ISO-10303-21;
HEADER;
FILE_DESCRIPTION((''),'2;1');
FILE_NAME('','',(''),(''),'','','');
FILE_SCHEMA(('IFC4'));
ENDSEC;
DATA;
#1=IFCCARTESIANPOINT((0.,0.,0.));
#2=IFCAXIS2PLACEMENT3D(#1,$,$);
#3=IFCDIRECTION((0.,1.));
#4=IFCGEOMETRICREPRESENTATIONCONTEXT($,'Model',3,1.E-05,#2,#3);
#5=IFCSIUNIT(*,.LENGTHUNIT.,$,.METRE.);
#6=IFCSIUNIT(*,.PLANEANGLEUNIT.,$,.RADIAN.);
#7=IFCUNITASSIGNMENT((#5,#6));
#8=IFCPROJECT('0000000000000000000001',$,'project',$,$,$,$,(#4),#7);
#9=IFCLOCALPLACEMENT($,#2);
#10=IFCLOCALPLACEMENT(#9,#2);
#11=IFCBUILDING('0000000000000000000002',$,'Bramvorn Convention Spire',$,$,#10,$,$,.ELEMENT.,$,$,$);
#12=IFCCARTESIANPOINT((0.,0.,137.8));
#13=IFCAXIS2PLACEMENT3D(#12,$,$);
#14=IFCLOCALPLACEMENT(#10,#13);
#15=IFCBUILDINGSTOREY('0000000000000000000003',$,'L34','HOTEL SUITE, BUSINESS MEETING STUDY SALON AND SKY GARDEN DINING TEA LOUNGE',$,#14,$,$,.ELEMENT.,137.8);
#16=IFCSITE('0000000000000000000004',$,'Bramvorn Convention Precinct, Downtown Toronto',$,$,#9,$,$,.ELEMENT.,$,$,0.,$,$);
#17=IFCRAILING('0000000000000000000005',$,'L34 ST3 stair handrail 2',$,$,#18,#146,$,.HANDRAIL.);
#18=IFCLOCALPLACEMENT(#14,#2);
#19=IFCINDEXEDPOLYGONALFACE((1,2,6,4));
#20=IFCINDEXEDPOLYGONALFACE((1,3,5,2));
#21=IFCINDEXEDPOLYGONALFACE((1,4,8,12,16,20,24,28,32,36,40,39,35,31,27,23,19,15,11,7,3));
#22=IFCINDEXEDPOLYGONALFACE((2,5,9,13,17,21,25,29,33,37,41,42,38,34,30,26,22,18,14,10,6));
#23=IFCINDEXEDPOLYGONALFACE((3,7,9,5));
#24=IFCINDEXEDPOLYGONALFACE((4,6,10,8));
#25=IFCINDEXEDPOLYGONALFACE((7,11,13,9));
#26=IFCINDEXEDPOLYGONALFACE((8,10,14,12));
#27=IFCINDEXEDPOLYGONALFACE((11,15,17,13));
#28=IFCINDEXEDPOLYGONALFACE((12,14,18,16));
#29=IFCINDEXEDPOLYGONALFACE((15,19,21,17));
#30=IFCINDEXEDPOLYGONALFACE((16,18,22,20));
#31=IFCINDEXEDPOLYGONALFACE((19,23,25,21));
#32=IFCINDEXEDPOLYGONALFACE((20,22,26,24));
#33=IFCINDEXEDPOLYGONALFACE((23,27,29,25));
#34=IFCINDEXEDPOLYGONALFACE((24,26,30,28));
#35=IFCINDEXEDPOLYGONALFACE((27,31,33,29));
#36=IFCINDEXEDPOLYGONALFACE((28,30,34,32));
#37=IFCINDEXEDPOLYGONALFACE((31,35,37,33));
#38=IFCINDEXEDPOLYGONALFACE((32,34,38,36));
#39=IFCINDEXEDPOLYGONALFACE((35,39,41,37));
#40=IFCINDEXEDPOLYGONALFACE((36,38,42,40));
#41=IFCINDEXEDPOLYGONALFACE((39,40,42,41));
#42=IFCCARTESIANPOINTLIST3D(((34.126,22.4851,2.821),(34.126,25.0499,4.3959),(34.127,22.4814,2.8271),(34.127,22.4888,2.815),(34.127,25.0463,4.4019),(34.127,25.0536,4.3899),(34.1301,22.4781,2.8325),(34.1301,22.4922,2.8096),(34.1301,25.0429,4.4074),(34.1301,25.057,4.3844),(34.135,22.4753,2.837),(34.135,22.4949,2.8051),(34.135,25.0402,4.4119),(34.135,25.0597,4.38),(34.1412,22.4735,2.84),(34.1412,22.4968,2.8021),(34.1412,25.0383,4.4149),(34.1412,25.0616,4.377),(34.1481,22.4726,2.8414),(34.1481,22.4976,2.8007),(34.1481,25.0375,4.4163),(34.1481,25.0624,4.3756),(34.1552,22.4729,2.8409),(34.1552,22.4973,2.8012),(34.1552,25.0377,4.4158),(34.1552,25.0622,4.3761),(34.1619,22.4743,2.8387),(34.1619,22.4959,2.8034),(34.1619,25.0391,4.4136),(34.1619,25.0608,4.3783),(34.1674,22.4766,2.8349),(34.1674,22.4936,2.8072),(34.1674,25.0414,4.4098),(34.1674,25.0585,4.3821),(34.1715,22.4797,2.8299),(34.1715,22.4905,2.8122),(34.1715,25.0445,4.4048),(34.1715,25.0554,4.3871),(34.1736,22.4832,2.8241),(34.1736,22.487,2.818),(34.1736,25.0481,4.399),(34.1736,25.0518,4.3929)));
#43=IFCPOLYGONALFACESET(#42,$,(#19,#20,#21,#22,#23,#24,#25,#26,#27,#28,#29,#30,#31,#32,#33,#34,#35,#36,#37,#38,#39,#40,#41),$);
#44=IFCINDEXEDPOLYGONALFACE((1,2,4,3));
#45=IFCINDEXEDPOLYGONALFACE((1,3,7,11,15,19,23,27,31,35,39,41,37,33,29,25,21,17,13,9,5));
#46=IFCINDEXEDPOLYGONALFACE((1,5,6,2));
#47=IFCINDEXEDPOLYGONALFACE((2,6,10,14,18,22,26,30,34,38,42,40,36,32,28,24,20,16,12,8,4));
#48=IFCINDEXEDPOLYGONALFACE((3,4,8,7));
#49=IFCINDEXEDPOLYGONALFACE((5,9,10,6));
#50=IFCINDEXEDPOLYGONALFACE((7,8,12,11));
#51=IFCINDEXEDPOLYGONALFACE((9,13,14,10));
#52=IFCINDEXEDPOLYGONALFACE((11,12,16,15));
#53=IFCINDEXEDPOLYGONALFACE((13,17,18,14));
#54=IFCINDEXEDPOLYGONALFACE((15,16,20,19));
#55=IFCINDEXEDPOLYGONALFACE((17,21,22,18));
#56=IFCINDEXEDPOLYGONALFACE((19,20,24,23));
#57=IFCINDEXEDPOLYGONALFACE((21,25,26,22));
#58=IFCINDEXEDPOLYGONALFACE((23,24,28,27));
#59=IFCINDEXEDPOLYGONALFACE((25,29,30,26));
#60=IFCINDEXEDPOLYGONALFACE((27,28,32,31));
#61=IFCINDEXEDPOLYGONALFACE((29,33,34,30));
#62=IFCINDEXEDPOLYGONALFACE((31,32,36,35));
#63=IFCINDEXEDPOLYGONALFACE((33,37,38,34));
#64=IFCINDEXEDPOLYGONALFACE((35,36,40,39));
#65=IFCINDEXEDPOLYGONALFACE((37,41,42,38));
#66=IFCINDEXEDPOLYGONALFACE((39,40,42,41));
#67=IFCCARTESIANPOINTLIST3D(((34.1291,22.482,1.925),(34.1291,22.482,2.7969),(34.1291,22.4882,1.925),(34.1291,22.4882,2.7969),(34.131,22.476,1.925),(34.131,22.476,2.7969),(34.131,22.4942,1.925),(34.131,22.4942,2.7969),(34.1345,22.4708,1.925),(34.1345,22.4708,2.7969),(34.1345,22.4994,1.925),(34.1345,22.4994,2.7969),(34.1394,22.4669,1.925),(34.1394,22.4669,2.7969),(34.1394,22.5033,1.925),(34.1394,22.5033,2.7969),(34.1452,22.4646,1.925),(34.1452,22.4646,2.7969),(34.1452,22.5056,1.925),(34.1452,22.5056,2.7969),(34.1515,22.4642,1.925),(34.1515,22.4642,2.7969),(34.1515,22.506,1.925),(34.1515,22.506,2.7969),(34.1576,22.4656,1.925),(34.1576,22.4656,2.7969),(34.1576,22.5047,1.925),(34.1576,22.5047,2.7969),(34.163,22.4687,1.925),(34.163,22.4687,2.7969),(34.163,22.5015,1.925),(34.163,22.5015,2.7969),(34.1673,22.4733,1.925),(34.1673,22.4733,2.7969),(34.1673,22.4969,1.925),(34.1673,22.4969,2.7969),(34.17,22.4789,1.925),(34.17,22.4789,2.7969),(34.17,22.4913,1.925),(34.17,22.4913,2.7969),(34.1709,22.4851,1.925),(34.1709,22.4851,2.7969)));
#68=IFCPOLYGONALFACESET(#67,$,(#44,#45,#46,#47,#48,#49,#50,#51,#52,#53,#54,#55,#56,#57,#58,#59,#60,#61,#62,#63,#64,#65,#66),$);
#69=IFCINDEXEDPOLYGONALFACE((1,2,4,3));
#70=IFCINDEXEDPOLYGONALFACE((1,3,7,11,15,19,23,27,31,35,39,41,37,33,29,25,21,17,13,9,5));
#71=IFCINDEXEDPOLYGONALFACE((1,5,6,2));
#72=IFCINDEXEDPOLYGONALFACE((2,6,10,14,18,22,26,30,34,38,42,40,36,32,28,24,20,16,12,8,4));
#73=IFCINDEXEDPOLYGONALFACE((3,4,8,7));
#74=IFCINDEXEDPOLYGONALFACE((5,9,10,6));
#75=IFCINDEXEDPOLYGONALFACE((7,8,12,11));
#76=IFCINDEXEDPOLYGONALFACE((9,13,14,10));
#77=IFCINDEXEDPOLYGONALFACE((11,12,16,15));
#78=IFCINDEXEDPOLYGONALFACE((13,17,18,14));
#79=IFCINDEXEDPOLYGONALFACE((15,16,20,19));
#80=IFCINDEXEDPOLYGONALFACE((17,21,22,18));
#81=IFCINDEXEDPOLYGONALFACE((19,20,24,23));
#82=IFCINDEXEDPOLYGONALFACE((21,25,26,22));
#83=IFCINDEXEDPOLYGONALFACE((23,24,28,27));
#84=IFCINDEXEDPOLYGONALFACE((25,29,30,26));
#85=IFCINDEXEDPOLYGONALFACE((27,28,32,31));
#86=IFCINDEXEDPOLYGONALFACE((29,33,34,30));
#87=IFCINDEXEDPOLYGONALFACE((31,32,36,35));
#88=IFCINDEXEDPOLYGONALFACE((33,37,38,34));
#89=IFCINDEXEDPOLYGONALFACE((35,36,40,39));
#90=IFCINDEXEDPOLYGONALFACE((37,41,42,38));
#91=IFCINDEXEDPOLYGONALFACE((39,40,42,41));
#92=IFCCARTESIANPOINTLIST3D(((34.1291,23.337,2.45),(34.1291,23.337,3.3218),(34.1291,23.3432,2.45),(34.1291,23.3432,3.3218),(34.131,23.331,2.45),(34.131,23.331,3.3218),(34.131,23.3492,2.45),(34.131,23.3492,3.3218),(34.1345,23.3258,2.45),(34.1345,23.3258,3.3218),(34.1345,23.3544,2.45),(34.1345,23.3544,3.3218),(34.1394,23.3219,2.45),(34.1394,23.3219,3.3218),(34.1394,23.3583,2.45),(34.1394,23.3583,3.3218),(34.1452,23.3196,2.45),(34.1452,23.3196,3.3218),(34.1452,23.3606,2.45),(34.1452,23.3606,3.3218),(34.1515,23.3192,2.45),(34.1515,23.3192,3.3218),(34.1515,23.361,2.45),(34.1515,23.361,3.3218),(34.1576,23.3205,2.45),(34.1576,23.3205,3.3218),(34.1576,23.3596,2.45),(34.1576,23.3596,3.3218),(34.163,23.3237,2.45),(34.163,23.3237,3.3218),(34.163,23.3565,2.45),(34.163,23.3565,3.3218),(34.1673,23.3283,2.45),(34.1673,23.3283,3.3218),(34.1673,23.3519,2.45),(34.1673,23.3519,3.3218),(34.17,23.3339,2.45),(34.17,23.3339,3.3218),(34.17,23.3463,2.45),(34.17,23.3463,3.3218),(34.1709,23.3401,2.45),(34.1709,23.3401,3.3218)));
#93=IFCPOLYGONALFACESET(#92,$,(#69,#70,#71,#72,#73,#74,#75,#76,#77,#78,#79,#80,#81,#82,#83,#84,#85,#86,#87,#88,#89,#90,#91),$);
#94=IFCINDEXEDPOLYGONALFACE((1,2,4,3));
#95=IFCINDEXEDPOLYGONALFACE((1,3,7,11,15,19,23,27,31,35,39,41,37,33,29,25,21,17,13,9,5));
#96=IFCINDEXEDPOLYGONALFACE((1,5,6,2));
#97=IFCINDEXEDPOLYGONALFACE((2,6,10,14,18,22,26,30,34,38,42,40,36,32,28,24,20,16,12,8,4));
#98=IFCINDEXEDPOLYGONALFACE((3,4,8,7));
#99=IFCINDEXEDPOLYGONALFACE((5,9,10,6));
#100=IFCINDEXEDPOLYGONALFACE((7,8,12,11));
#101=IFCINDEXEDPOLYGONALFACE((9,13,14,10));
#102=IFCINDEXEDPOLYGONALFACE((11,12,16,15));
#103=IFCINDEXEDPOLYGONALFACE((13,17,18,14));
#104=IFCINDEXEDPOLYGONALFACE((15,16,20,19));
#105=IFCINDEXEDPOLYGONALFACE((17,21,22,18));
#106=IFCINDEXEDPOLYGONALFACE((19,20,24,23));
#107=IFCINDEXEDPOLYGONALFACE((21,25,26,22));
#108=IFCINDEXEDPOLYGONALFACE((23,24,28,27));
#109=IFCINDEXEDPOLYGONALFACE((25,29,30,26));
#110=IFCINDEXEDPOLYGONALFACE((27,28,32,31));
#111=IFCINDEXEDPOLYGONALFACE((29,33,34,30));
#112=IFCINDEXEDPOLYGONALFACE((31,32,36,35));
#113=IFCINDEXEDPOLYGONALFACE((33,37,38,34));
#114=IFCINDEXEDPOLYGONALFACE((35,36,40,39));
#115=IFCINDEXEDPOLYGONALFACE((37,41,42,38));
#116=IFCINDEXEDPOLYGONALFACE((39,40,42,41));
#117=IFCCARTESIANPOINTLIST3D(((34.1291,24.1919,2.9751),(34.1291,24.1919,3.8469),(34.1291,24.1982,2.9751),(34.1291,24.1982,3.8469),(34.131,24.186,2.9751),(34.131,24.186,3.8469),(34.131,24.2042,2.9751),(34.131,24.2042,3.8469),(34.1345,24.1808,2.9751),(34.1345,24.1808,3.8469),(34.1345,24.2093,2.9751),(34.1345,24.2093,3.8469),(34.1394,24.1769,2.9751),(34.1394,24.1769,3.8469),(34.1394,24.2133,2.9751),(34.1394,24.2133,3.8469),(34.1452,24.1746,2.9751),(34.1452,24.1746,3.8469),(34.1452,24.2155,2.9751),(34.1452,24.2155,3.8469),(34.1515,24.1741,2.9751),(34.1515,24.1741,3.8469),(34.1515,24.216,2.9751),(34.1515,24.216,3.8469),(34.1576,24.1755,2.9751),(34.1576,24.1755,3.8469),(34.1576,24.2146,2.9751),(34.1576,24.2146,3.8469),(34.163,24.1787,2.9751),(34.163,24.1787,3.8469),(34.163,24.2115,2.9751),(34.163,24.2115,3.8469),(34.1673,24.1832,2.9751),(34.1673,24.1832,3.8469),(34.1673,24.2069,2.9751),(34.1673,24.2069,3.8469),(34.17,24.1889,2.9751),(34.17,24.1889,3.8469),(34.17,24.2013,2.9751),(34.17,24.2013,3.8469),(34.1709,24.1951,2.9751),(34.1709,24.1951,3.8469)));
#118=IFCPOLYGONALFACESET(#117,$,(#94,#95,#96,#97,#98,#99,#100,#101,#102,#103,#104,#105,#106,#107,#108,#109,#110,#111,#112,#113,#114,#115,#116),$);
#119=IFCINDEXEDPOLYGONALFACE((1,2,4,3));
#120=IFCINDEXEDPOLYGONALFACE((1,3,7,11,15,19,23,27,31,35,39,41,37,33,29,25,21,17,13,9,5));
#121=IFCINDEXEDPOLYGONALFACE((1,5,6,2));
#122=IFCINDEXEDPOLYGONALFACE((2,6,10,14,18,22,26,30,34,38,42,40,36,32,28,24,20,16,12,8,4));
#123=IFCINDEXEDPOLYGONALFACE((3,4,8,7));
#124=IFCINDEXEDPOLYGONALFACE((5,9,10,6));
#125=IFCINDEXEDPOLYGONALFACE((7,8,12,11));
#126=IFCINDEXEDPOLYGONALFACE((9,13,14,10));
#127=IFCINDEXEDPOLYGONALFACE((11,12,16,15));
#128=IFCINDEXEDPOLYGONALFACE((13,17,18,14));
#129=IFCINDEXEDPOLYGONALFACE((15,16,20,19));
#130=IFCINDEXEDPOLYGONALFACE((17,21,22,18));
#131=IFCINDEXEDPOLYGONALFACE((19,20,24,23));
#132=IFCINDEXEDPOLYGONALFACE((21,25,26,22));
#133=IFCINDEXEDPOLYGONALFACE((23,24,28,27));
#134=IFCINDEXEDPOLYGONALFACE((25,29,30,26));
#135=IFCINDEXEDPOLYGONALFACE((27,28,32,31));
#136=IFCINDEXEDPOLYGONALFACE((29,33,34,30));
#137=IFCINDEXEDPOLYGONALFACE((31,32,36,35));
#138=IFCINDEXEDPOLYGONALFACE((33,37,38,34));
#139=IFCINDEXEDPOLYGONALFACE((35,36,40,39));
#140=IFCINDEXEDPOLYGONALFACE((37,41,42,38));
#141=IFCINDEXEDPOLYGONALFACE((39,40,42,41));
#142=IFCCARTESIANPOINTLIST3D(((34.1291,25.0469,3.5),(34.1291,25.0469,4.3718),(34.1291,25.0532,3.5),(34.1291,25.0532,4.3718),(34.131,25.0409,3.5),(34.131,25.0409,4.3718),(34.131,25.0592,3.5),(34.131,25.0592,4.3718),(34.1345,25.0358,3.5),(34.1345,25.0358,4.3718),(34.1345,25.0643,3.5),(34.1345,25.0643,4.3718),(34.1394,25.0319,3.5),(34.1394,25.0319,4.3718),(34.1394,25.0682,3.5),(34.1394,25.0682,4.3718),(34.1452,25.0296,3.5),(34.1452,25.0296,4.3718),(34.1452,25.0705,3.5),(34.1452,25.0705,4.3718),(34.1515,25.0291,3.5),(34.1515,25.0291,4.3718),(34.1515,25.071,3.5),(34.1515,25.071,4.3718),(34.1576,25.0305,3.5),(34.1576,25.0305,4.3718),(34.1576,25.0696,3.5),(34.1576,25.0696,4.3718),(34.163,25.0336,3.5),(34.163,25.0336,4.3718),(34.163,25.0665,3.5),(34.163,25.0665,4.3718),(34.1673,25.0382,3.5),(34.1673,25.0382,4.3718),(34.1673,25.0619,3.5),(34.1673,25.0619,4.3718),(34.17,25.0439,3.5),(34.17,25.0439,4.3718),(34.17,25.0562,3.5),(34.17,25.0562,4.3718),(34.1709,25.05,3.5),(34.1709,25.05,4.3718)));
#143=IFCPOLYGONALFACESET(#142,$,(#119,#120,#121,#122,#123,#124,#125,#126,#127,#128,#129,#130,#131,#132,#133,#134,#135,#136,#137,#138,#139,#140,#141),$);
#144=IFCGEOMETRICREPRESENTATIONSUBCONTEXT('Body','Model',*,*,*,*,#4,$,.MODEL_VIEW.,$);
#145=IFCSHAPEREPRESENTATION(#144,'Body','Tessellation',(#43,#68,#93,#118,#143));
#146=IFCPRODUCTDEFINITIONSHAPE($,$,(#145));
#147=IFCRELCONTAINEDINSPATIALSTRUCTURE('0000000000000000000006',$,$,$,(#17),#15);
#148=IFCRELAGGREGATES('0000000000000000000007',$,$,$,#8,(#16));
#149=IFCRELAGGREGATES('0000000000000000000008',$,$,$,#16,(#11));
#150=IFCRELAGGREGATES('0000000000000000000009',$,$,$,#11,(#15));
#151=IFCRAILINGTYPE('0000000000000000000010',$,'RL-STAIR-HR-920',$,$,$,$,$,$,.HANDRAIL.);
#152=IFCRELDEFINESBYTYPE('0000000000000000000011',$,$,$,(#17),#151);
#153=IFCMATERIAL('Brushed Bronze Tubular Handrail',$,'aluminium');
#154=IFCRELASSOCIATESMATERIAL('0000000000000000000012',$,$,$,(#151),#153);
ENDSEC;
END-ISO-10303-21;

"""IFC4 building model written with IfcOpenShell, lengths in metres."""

from ifc_helpers import new_model, si_unit, direction, frame, origin, origin_2d, place, context, subcontext, project, spatial, circle, extrude, material, type_object, element, save


model = new_model("IFC4")

# Units and contexts
model_context = context("Model", 3, precision=1e-05, world=origin(), true_north=direction((0.0, 1.0)))
body_context = subcontext(model_context, "Body", "Model", "MODEL_VIEW")
ifc_project = project(units=[si_unit("LENGTHUNIT", "METRE"), si_unit("PLANEANGLEUNIT", "RADIAN")], contexts=[model_context])

# Site, building, storey
site_placement = place(None, origin())
site = spatial("IfcSite", under=ifc_project, at=site_placement, Name="Bramvorn Convention Precinct, Downtown Toronto", CompositionType="ELEMENT", RefElevation=0.0)
building_placement = place(site_placement, origin())
building = spatial("IfcBuilding", under=site, at=building_placement, Name="Bramvorn Convention Spire", CompositionType="ELEMENT")
storey_placement = place(building_placement, frame((0.0, 0.0, 137.8)))
storey = spatial("IfcBuildingStorey", under=building, at=storey_placement, Name="L34", Description="HOTEL SUITE, BUSINESS MEETING STUDY SALON AND SKY GARDEN DINING TEA LOUNGE", CompositionType="ELEMENT", Elevation=137.8)

# Railing
ifc_material_1 = material(Name="Brushed Bronze Tubular Handrail", Category="aluminium")
railing_type_1 = type_object("IfcRailingType", Name="RL-STAIR-HR-920", PredefinedType="HANDRAIL", material=ifc_material_1)
railing_1_placement = place(storey_placement, frame((34.1499, 22.4851, 1.925)))
element("IfcRailing", 1, at=railing_1_placement, inside=storey, type_object=railing_type_1, Name="L34 ST3 stair handrail 2", PredefinedType="HANDRAIL", context=body_context, shape_type="SweptSolid", body=[
    extrude(circle(Radius=0.0239, at=origin_2d()), frame((0.0, 0.0, 0.896), z_axis=(0.0, 0.852173, 0.52326), x_axis=(-1.0, 0.0, 0.0)), (0.0, 0.0, 1.0), 3.0098),
    extrude(circle(Radius=0.021, at=origin_2d()), origin(), (0.0, 0.0, 1.0), 0.8718),
    extrude(circle(Radius=0.021, at=origin_2d()), frame((0.0, 0.855, 0.5249)), (0.0, 0.0, 1.0), 0.8718),
    extrude(circle(Radius=0.021, at=origin_2d()), frame((0.0, 1.71, 1.05)), (0.0, 0.0, 1.0), 0.8718),
    extrude(circle(Radius=0.021, at=origin_2d()), frame((0.0, 2.5649, 1.575)), (0.0, 0.0, 1.0), 0.8718),
])

save(model, "model.ifc")
